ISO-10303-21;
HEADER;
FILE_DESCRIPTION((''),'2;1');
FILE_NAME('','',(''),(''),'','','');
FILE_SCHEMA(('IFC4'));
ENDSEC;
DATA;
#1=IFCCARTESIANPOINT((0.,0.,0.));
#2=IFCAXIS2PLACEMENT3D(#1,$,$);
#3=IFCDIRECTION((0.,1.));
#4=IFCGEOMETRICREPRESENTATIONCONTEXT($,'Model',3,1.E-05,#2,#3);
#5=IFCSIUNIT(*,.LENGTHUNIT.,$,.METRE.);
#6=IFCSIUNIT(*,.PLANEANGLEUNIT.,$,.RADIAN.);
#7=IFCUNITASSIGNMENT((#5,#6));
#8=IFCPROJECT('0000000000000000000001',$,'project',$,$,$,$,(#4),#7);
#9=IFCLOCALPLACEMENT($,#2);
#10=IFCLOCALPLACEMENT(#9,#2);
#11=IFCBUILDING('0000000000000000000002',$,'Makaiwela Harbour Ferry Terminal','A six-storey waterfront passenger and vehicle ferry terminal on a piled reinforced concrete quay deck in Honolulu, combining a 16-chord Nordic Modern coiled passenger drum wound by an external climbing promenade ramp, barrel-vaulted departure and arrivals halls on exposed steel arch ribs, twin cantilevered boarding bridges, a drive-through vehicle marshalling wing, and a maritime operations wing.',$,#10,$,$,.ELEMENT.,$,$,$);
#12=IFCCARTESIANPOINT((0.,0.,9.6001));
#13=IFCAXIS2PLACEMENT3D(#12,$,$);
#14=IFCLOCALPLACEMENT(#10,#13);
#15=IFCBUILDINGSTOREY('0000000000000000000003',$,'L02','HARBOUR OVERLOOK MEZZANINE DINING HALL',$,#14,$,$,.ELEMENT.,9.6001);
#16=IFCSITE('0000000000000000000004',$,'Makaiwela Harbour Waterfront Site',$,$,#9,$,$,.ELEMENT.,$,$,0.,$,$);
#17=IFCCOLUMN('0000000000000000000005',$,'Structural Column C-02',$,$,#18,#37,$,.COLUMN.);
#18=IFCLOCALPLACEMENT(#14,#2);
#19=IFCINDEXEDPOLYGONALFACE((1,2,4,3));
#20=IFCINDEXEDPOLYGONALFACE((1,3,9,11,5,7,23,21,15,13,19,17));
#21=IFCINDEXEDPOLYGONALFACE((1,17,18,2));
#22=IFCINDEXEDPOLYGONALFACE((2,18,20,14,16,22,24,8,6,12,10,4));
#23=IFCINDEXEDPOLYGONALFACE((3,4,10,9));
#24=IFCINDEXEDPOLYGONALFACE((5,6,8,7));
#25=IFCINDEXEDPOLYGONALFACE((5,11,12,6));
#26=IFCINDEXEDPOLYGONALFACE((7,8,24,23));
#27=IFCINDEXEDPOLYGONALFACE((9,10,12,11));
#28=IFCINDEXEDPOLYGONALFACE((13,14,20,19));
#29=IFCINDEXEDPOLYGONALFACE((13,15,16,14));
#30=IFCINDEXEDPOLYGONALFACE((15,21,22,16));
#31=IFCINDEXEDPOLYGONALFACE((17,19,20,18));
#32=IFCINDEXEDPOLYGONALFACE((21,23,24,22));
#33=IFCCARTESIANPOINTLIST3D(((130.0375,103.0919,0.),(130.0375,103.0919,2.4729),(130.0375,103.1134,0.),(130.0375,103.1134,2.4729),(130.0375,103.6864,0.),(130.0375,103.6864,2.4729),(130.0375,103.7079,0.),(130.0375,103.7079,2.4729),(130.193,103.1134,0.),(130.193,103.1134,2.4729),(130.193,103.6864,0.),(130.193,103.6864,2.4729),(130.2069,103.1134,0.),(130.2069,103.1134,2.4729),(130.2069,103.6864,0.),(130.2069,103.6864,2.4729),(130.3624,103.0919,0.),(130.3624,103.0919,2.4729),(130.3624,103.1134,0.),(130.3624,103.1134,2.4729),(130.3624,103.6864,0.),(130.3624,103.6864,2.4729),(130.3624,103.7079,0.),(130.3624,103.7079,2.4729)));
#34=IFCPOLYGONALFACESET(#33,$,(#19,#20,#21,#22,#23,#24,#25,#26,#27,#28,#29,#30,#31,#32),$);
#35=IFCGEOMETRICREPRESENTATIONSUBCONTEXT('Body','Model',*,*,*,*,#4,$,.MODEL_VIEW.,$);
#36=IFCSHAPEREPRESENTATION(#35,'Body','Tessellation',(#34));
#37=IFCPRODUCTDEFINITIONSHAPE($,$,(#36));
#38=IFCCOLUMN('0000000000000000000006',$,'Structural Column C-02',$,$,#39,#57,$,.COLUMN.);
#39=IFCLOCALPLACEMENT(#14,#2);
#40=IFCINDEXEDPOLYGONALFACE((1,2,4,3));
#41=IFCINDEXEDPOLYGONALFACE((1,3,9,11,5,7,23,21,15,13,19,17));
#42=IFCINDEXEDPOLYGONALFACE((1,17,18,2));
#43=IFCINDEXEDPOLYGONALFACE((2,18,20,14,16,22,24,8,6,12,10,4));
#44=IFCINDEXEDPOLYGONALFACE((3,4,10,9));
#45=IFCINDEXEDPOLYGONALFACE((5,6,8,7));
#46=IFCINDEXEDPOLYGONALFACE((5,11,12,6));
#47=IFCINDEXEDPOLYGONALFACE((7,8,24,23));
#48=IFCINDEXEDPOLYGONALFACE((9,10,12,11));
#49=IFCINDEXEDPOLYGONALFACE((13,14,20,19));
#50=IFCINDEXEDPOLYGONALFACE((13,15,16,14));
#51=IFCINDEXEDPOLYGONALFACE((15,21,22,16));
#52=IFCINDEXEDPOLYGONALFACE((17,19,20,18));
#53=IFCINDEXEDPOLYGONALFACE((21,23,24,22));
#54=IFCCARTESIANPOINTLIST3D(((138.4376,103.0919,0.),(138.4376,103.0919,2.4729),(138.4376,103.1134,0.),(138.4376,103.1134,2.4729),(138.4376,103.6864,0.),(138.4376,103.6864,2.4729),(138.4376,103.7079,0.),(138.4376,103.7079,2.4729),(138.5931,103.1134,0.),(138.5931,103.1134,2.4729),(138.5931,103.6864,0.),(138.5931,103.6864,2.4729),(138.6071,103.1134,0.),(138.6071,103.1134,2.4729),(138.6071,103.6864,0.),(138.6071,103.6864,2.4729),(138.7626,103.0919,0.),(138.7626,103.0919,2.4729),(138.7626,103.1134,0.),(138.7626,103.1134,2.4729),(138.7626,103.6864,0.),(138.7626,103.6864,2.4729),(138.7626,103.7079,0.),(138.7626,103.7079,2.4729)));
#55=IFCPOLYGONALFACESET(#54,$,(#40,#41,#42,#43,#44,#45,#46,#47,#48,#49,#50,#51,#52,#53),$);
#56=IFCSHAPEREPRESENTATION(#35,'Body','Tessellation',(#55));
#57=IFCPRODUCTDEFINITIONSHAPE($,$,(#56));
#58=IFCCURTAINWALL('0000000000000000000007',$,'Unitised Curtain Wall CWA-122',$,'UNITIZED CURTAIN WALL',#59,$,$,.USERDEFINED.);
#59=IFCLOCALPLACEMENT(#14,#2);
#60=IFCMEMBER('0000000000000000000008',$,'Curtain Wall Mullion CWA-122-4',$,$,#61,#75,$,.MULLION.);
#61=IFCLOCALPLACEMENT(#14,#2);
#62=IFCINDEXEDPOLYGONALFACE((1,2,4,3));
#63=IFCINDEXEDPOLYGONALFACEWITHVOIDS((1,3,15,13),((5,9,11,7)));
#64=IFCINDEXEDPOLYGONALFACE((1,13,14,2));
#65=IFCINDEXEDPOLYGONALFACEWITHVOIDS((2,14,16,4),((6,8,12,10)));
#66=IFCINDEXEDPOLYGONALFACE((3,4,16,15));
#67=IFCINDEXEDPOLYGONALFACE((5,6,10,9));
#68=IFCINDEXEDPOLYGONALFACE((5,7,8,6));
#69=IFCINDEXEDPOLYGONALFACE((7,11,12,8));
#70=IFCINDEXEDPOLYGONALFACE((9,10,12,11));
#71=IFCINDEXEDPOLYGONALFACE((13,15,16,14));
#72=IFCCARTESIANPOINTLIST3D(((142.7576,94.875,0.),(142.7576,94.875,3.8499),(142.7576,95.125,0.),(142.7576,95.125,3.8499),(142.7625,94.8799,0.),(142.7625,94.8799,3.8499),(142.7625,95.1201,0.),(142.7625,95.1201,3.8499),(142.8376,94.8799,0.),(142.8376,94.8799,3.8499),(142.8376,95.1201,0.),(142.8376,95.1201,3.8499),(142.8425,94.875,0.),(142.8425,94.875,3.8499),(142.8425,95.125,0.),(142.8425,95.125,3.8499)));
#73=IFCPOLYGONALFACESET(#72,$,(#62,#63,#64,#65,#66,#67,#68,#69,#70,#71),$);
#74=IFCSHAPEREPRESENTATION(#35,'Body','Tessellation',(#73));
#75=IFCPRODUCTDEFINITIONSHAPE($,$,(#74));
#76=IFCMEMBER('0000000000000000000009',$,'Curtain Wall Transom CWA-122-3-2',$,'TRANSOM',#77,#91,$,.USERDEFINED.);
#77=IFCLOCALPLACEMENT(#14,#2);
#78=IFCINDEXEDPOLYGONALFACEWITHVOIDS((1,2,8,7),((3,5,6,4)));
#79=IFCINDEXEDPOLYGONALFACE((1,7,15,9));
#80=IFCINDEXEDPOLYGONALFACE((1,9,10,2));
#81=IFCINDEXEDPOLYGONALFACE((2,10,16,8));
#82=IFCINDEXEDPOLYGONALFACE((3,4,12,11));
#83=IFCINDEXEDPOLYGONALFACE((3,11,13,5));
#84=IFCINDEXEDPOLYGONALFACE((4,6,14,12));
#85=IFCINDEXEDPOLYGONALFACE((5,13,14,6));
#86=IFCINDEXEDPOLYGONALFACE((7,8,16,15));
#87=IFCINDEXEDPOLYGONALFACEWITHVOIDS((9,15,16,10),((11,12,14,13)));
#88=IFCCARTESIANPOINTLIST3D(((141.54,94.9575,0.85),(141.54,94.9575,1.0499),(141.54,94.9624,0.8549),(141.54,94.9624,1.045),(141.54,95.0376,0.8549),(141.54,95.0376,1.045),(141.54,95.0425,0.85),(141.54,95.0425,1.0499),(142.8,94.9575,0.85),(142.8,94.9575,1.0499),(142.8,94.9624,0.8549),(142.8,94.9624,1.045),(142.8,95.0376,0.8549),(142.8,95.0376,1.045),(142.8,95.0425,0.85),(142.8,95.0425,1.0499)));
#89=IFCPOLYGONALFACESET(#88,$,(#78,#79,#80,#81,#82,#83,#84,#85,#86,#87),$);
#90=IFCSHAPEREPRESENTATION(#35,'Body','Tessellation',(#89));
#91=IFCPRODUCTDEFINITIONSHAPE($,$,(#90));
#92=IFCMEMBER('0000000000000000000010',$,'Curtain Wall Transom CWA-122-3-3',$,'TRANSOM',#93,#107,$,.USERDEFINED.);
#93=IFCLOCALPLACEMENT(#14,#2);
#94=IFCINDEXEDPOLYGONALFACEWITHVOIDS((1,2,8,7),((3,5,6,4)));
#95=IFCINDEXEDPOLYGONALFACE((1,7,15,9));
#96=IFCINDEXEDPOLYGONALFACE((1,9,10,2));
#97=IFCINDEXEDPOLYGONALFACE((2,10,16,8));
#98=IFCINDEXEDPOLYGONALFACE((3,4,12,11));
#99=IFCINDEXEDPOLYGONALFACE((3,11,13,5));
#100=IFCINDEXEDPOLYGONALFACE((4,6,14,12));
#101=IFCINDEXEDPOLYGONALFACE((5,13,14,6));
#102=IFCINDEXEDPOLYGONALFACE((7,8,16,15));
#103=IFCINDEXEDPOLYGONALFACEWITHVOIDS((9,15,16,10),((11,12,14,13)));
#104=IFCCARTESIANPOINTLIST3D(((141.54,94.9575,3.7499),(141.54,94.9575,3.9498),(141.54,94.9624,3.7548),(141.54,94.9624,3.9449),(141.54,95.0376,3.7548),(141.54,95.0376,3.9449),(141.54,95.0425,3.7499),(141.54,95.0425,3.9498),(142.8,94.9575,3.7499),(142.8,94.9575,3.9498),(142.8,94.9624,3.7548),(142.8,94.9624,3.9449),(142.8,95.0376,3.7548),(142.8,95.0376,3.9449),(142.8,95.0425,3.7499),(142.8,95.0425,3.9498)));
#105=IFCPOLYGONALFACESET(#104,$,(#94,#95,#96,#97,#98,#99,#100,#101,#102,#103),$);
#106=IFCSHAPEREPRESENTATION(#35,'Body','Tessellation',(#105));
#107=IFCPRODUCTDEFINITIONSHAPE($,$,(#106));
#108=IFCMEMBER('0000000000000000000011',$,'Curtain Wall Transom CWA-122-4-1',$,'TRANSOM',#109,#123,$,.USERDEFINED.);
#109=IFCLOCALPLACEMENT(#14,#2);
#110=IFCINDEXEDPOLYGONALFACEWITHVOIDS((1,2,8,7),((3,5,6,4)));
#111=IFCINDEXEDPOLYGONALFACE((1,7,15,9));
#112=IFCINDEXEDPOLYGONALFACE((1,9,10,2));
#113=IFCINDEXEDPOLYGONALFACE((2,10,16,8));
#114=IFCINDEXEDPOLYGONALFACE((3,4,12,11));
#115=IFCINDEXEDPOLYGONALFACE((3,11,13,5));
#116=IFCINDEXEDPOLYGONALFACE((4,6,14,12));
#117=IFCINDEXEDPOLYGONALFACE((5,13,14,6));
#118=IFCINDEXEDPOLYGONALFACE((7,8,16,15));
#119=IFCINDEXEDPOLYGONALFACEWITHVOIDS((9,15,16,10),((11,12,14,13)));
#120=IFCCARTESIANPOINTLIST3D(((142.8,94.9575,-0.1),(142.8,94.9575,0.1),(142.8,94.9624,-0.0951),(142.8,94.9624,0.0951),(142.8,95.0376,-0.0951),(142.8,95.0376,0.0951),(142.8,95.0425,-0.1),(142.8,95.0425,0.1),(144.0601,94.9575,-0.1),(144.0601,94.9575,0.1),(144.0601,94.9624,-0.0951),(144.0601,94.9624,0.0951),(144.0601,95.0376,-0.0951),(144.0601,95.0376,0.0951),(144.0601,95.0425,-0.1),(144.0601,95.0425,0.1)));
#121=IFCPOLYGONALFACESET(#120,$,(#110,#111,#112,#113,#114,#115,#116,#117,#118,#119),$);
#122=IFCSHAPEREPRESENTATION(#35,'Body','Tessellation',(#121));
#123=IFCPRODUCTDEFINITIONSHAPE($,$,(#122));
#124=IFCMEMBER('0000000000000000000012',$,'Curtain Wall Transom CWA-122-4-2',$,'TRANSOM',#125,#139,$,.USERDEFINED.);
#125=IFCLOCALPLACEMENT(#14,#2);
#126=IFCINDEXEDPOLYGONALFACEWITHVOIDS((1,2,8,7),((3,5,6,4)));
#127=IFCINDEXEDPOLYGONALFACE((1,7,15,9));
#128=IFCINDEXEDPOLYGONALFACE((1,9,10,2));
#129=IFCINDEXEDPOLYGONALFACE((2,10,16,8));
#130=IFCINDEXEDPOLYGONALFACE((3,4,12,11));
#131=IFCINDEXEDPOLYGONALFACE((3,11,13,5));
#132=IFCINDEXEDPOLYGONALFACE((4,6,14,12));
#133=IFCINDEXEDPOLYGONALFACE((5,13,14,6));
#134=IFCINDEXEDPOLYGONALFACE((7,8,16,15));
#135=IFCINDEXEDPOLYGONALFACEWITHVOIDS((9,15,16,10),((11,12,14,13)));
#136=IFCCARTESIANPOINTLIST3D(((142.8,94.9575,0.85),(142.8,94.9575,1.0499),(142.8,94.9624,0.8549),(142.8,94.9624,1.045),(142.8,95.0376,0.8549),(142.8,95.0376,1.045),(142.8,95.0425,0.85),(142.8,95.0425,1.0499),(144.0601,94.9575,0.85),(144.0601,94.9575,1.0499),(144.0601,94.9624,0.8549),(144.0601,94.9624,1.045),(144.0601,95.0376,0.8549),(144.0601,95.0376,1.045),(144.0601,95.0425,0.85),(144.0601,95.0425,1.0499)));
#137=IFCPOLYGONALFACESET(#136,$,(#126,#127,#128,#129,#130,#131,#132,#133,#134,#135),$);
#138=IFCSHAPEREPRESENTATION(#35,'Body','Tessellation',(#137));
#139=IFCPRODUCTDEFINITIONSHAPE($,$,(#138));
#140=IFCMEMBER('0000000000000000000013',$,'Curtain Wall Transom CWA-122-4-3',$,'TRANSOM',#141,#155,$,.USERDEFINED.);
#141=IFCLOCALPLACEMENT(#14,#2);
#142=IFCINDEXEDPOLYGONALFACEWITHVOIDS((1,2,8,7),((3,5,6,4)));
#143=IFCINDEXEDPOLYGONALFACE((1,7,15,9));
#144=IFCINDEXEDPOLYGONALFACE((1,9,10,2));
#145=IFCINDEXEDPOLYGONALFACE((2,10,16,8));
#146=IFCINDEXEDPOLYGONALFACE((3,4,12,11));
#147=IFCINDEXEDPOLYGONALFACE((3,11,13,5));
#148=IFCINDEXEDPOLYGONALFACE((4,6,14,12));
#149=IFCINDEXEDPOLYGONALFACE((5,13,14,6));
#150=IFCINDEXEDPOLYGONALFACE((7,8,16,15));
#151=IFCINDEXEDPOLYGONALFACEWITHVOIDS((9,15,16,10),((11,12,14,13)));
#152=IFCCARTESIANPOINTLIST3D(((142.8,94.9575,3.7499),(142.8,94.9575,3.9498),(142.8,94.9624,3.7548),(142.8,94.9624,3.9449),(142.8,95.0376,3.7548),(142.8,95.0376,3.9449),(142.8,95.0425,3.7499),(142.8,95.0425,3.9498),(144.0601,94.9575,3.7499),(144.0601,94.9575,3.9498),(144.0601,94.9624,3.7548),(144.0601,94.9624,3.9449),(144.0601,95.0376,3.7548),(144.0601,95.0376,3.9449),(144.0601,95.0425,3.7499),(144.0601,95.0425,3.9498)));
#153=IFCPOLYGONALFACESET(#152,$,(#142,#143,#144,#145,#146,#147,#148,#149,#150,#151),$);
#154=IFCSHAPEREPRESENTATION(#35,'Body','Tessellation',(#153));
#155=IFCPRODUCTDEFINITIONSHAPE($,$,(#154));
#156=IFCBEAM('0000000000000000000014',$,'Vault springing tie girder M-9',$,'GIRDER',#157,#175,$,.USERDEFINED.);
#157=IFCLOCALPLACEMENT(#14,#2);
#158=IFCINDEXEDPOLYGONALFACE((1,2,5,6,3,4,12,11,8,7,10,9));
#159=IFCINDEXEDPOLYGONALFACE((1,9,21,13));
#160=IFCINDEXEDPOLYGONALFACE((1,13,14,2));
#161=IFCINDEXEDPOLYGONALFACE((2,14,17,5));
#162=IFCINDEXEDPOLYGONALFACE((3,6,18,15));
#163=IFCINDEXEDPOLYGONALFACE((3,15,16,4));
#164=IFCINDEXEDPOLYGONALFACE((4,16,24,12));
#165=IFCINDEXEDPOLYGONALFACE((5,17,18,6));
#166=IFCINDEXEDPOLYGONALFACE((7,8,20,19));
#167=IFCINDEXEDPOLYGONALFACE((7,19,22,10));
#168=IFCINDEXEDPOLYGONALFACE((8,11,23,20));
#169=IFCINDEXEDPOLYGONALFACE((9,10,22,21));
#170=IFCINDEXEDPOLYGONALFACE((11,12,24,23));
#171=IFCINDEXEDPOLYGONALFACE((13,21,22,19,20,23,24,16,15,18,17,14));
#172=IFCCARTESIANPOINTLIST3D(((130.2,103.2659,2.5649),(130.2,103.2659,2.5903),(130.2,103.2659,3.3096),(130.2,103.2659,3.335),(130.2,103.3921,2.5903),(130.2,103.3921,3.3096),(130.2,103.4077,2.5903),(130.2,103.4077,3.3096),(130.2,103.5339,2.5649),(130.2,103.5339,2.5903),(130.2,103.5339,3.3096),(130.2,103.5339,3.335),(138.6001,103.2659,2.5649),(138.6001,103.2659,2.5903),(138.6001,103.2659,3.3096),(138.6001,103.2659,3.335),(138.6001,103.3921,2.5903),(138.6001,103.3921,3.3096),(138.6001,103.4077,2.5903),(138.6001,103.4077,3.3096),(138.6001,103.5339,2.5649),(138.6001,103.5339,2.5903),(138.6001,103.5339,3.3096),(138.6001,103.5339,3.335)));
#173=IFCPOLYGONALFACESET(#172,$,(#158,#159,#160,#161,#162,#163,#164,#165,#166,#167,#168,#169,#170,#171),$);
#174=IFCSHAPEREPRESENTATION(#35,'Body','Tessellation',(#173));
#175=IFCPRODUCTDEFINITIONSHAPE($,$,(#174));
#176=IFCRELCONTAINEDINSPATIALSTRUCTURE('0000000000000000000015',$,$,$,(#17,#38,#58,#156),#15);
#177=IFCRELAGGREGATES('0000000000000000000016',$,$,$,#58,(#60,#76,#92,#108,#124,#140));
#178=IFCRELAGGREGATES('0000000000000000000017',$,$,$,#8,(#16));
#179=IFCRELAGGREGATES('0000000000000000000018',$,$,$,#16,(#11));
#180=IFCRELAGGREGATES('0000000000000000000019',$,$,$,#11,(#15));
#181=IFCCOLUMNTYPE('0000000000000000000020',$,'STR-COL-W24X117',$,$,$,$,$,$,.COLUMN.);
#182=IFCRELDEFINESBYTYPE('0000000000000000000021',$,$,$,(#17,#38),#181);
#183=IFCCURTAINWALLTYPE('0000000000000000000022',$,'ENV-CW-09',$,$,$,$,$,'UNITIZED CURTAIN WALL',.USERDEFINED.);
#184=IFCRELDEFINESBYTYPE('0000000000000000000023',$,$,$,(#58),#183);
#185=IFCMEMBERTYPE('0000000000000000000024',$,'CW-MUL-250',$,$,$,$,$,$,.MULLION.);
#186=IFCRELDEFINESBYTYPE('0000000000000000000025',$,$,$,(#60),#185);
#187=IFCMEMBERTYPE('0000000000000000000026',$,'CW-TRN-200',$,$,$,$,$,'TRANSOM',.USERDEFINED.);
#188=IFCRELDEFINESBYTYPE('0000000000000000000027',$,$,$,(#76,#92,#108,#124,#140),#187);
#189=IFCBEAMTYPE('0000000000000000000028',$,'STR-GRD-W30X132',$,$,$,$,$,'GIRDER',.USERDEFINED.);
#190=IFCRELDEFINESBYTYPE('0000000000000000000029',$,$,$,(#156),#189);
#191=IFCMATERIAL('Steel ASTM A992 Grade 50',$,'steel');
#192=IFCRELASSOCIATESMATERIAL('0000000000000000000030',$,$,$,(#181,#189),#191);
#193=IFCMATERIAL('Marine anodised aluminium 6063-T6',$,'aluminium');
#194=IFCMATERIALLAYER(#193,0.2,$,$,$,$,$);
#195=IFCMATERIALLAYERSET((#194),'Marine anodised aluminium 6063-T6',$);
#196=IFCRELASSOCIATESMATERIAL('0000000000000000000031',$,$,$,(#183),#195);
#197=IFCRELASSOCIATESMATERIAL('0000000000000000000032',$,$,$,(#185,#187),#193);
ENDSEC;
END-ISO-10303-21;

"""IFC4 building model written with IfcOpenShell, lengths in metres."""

from ifc_helpers import new_model, si_unit, direction, frame, origin, origin_2d, place, context, subcontext, project, spatial, hollow_rectangle, i_section, extrude, material, layer, layer_set, material_profile, profile_set, type_object, element, aggregate, save


model = new_model("IFC4")

# Units and contexts
model_context = context("Model", 3, precision=1e-05, world=origin(), true_north=direction((0.0, 1.0)))
body_context = subcontext(model_context, "Body", "Model", "MODEL_VIEW")
ifc_project = project(units=[si_unit("LENGTHUNIT", "METRE"), si_unit("PLANEANGLEUNIT", "RADIAN")], contexts=[model_context])

# Site, building, storey
site_placement = place(None, origin())
site = spatial("IfcSite", under=ifc_project, at=site_placement, Name="Makaiwela Harbour Waterfront Site", CompositionType="ELEMENT", RefElevation=0.0)
building_placement = place(site_placement, origin())
building = spatial("IfcBuilding", under=site, at=building_placement, Name="Makaiwela Harbour Ferry Terminal", Description="A six-storey waterfront passenger and vehicle ferry terminal on a piled reinforced concrete quay deck in Honolulu, combining a 16-chord Nordic Modern coiled passenger drum wound by an external climbing promenade ramp, barrel-vaulted departure and arrivals halls on exposed steel arch ribs, twin cantilevered boarding bridges, a drive-through vehicle marshalling wing, and a maritime operations wing.", CompositionType="ELEMENT")
storey_placement = place(building_placement, frame((0.0, 0.0, 9.6001)))
storey = spatial("IfcBuildingStorey", under=building, at=storey_placement, Name="L02", Description="HARBOUR OVERLOOK MEZZANINE DINING HALL", CompositionType="ELEMENT", Elevation=9.6001)

# Columns
ifc_material_1 = material(Name="Steel ASTM A992 Grade 50", Category="steel")
ifc_material_profile_1 = material_profile(ifc_material_1, i_section(OverallWidth=0.325, OverallDepth=0.616, WebThickness=0.0139, FlangeThickness=0.0215, at=origin_2d()), Name="W24X117")
ifc_profile_set_1 = profile_set([ifc_material_profile_1], Name="Steel ASTM A992 Grade 50")
column_type = type_object("IfcColumnType", Name="STR-COL-W24X117", PredefinedType="COLUMN", material=ifc_profile_set_1)
for number, where, z_axis, x_axis, name in (
    (1, (130.2, 103.3999, 0.0), (0.0, 0.0, 1.0), (1.0, 0.0, 0.0), "Structural Column C-02"),
    (2, (138.6001, 103.3999, 0.0), (0.0, 0.0, 1.0), (1.0, 0.0, 0.0), "Structural Column C-02"),
):
    element("IfcColumn", number, at=place(storey_placement, frame(where, z_axis=z_axis, x_axis=x_axis)), inside=storey, type_object=column_type, Name=name, PredefinedType="COLUMN", context=body_context, shape_type="SweptSolid", body=[
        extrude(i_section(OverallWidth=0.325, OverallDepth=0.616, WebThickness=0.0139, FlangeThickness=0.0215, at=origin_2d()), origin(), (0.0, 0.0, 1.0), 2.4729),
    ])

# Curtain wall, members
ifc_material_2 = material(Name="Marine anodised aluminium 6063-T6", Category="aluminium")
ifc_layer_1 = layer(ifc_material_2, 0.2)
ifc_layer_set_1 = layer_set([ifc_layer_1], Name="Marine anodised aluminium 6063-T6")
curtain_wall_type = type_object("IfcCurtainWallType", Name="ENV-CW-09", ElementType="UNITIZED CURTAIN WALL", PredefinedType="USERDEFINED", material=ifc_layer_set_1)
curtain_wall_placement = place(storey_placement, origin())
curtain_wall = element("IfcCurtainWall", 3, at=curtain_wall_placement, inside=storey, type_object=curtain_wall_type, Name="Unitised Curtain Wall CWA-122", ObjectType="UNITIZED CURTAIN WALL", PredefinedType="USERDEFINED")
ifc_material_profile_2 = material_profile(ifc_material_2, hollow_rectangle(XDim=0.085, YDim=0.25, WallThickness=0.0049, at=origin_2d()), Name="CWM-250X85")
ifc_profile_set_2 = profile_set([ifc_material_profile_2], Name="Marine anodised aluminium 6063-T6")
member_type_1 = type_object("IfcMemberType", Name="CW-MUL-250", PredefinedType="MULLION", material=ifc_profile_set_2)
member_1_placement = place(storey_placement, frame((142.8, 95.0, 0.0), z_axis=(0.0, 0.0, 1.0), x_axis=(1.0, 0.0, 0.0)))
member_1 = element("IfcMember", 4, at=member_1_placement, type_object=member_type_1, Name="Curtain Wall Mullion CWA-122-4", PredefinedType="MULLION", context=body_context, shape_type="SweptSolid", body=[
    extrude(hollow_rectangle(XDim=0.085, YDim=0.25, WallThickness=0.0049, at=origin_2d()), origin(), (0.0, 0.0, 1.0), 3.8499),
])
ifc_material_profile_3 = material_profile(ifc_material_2, hollow_rectangle(XDim=0.085, YDim=0.2, WallThickness=0.0049, at=origin_2d()), Name="CWT-200X85")
ifc_profile_set_3 = profile_set([ifc_material_profile_3], Name="Marine anodised aluminium 6063-T6")
member_type_2 = type_object("IfcMemberType", Name="CW-TRN-200", ElementType="TRANSOM", PredefinedType="USERDEFINED", material=ifc_profile_set_3)
member_2_placement = place(storey_placement, frame((141.54, 95.0, 0.95), z_axis=(1.0, 0.0, 0.0), x_axis=(0.0, 1.0, 0.0)))
member_2 = element("IfcMember", 5, at=member_2_placement, type_object=member_type_2, Name="Curtain Wall Transom CWA-122-3-2", ObjectType="TRANSOM", PredefinedType="USERDEFINED", context=body_context, shape_type="SweptSolid", body=[
    extrude(hollow_rectangle(XDim=0.085, YDim=0.2, WallThickness=0.0049, at=origin_2d()), origin(), (0.0, 0.0, 1.0), 1.26),
])
member_3_placement = place(storey_placement, frame((141.54, 95.0, 3.8499), z_axis=(1.0, 0.0, 0.0), x_axis=(0.0, 1.0, 0.0)))
member_3 = element("IfcMember", 6, at=member_3_placement, type_object=member_type_2, Name="Curtain Wall Transom CWA-122-3-3", ObjectType="TRANSOM", PredefinedType="USERDEFINED", context=body_context, shape_type="SweptSolid", body=[
    extrude(hollow_rectangle(XDim=0.085, YDim=0.2, WallThickness=0.0049, at=origin_2d()), origin(), (0.0, 0.0, 1.0), 1.26),
])
member_4_placement = place(storey_placement, frame((142.8, 95.0, 0.0), z_axis=(1.0, 0.0, 0.0), x_axis=(0.0, 1.0, 0.0)))
member_4 = element("IfcMember", 7, at=member_4_placement, type_object=member_type_2, Name="Curtain Wall Transom CWA-122-4-1", ObjectType="TRANSOM", PredefinedType="USERDEFINED", context=body_context, shape_type="SweptSolid", body=[
    extrude(hollow_rectangle(XDim=0.085, YDim=0.2, WallThickness=0.0049, at=origin_2d()), origin(), (0.0, 0.0, 1.0), 1.26),
])
member_5_placement = place(storey_placement, frame((142.8, 95.0, 0.95), z_axis=(1.0, 0.0, 0.0), x_axis=(0.0, 1.0, 0.0)))
member_5 = element("IfcMember", 8, at=member_5_placement, type_object=member_type_2, Name="Curtain Wall Transom CWA-122-4-2", ObjectType="TRANSOM", PredefinedType="USERDEFINED", context=body_context, shape_type="SweptSolid", body=[
    extrude(hollow_rectangle(XDim=0.085, YDim=0.2, WallThickness=0.0049, at=origin_2d()), origin(), (0.0, 0.0, 1.0), 1.26),
])
member_6_placement = place(storey_placement, frame((142.8, 95.0, 3.8499), z_axis=(1.0, 0.0, 0.0), x_axis=(0.0, 1.0, 0.0)))
member_6 = element("IfcMember", 9, at=member_6_placement, type_object=member_type_2, Name="Curtain Wall Transom CWA-122-4-3", ObjectType="TRANSOM", PredefinedType="USERDEFINED", context=body_context, shape_type="SweptSolid", body=[
    extrude(hollow_rectangle(XDim=0.085, YDim=0.2, WallThickness=0.0049, at=origin_2d()), origin(), (0.0, 0.0, 1.0), 1.26),
])

# Beam
ifc_material_profile_4 = material_profile(ifc_material_1, i_section(OverallWidth=0.2681, OverallDepth=0.77, WebThickness=0.0156, FlangeThickness=0.0254, at=origin_2d()), Name="W30X132")
ifc_profile_set_4 = profile_set([ifc_material_profile_4], Name="Steel ASTM A992 Grade 50")
beam_type = type_object("IfcBeamType", Name="STR-GRD-W30X132", ElementType="GIRDER", PredefinedType="USERDEFINED", material=ifc_profile_set_4)
beam_placement = place(storey_placement, frame((130.2, 103.3999, 2.95), z_axis=(1.0, 0.0, 0.0), x_axis=(0.0, 1.0, 0.0)))
element("IfcBeam", 10, at=beam_placement, inside=storey, type_object=beam_type, Name="Vault springing tie girder M-9", ObjectType="GIRDER", PredefinedType="USERDEFINED", context=body_context, shape_type="SweptSolid", body=[
    extrude(i_section(OverallWidth=0.2681, OverallDepth=0.77, WebThickness=0.0156, FlangeThickness=0.0254, at=origin_2d()), origin(), (0.0, 0.0, 1.0), 8.4001),
])

aggregate(curtain_wall, [member_1, member_2, member_3, member_4, member_5, member_6])

save(model, "model.ifc")
